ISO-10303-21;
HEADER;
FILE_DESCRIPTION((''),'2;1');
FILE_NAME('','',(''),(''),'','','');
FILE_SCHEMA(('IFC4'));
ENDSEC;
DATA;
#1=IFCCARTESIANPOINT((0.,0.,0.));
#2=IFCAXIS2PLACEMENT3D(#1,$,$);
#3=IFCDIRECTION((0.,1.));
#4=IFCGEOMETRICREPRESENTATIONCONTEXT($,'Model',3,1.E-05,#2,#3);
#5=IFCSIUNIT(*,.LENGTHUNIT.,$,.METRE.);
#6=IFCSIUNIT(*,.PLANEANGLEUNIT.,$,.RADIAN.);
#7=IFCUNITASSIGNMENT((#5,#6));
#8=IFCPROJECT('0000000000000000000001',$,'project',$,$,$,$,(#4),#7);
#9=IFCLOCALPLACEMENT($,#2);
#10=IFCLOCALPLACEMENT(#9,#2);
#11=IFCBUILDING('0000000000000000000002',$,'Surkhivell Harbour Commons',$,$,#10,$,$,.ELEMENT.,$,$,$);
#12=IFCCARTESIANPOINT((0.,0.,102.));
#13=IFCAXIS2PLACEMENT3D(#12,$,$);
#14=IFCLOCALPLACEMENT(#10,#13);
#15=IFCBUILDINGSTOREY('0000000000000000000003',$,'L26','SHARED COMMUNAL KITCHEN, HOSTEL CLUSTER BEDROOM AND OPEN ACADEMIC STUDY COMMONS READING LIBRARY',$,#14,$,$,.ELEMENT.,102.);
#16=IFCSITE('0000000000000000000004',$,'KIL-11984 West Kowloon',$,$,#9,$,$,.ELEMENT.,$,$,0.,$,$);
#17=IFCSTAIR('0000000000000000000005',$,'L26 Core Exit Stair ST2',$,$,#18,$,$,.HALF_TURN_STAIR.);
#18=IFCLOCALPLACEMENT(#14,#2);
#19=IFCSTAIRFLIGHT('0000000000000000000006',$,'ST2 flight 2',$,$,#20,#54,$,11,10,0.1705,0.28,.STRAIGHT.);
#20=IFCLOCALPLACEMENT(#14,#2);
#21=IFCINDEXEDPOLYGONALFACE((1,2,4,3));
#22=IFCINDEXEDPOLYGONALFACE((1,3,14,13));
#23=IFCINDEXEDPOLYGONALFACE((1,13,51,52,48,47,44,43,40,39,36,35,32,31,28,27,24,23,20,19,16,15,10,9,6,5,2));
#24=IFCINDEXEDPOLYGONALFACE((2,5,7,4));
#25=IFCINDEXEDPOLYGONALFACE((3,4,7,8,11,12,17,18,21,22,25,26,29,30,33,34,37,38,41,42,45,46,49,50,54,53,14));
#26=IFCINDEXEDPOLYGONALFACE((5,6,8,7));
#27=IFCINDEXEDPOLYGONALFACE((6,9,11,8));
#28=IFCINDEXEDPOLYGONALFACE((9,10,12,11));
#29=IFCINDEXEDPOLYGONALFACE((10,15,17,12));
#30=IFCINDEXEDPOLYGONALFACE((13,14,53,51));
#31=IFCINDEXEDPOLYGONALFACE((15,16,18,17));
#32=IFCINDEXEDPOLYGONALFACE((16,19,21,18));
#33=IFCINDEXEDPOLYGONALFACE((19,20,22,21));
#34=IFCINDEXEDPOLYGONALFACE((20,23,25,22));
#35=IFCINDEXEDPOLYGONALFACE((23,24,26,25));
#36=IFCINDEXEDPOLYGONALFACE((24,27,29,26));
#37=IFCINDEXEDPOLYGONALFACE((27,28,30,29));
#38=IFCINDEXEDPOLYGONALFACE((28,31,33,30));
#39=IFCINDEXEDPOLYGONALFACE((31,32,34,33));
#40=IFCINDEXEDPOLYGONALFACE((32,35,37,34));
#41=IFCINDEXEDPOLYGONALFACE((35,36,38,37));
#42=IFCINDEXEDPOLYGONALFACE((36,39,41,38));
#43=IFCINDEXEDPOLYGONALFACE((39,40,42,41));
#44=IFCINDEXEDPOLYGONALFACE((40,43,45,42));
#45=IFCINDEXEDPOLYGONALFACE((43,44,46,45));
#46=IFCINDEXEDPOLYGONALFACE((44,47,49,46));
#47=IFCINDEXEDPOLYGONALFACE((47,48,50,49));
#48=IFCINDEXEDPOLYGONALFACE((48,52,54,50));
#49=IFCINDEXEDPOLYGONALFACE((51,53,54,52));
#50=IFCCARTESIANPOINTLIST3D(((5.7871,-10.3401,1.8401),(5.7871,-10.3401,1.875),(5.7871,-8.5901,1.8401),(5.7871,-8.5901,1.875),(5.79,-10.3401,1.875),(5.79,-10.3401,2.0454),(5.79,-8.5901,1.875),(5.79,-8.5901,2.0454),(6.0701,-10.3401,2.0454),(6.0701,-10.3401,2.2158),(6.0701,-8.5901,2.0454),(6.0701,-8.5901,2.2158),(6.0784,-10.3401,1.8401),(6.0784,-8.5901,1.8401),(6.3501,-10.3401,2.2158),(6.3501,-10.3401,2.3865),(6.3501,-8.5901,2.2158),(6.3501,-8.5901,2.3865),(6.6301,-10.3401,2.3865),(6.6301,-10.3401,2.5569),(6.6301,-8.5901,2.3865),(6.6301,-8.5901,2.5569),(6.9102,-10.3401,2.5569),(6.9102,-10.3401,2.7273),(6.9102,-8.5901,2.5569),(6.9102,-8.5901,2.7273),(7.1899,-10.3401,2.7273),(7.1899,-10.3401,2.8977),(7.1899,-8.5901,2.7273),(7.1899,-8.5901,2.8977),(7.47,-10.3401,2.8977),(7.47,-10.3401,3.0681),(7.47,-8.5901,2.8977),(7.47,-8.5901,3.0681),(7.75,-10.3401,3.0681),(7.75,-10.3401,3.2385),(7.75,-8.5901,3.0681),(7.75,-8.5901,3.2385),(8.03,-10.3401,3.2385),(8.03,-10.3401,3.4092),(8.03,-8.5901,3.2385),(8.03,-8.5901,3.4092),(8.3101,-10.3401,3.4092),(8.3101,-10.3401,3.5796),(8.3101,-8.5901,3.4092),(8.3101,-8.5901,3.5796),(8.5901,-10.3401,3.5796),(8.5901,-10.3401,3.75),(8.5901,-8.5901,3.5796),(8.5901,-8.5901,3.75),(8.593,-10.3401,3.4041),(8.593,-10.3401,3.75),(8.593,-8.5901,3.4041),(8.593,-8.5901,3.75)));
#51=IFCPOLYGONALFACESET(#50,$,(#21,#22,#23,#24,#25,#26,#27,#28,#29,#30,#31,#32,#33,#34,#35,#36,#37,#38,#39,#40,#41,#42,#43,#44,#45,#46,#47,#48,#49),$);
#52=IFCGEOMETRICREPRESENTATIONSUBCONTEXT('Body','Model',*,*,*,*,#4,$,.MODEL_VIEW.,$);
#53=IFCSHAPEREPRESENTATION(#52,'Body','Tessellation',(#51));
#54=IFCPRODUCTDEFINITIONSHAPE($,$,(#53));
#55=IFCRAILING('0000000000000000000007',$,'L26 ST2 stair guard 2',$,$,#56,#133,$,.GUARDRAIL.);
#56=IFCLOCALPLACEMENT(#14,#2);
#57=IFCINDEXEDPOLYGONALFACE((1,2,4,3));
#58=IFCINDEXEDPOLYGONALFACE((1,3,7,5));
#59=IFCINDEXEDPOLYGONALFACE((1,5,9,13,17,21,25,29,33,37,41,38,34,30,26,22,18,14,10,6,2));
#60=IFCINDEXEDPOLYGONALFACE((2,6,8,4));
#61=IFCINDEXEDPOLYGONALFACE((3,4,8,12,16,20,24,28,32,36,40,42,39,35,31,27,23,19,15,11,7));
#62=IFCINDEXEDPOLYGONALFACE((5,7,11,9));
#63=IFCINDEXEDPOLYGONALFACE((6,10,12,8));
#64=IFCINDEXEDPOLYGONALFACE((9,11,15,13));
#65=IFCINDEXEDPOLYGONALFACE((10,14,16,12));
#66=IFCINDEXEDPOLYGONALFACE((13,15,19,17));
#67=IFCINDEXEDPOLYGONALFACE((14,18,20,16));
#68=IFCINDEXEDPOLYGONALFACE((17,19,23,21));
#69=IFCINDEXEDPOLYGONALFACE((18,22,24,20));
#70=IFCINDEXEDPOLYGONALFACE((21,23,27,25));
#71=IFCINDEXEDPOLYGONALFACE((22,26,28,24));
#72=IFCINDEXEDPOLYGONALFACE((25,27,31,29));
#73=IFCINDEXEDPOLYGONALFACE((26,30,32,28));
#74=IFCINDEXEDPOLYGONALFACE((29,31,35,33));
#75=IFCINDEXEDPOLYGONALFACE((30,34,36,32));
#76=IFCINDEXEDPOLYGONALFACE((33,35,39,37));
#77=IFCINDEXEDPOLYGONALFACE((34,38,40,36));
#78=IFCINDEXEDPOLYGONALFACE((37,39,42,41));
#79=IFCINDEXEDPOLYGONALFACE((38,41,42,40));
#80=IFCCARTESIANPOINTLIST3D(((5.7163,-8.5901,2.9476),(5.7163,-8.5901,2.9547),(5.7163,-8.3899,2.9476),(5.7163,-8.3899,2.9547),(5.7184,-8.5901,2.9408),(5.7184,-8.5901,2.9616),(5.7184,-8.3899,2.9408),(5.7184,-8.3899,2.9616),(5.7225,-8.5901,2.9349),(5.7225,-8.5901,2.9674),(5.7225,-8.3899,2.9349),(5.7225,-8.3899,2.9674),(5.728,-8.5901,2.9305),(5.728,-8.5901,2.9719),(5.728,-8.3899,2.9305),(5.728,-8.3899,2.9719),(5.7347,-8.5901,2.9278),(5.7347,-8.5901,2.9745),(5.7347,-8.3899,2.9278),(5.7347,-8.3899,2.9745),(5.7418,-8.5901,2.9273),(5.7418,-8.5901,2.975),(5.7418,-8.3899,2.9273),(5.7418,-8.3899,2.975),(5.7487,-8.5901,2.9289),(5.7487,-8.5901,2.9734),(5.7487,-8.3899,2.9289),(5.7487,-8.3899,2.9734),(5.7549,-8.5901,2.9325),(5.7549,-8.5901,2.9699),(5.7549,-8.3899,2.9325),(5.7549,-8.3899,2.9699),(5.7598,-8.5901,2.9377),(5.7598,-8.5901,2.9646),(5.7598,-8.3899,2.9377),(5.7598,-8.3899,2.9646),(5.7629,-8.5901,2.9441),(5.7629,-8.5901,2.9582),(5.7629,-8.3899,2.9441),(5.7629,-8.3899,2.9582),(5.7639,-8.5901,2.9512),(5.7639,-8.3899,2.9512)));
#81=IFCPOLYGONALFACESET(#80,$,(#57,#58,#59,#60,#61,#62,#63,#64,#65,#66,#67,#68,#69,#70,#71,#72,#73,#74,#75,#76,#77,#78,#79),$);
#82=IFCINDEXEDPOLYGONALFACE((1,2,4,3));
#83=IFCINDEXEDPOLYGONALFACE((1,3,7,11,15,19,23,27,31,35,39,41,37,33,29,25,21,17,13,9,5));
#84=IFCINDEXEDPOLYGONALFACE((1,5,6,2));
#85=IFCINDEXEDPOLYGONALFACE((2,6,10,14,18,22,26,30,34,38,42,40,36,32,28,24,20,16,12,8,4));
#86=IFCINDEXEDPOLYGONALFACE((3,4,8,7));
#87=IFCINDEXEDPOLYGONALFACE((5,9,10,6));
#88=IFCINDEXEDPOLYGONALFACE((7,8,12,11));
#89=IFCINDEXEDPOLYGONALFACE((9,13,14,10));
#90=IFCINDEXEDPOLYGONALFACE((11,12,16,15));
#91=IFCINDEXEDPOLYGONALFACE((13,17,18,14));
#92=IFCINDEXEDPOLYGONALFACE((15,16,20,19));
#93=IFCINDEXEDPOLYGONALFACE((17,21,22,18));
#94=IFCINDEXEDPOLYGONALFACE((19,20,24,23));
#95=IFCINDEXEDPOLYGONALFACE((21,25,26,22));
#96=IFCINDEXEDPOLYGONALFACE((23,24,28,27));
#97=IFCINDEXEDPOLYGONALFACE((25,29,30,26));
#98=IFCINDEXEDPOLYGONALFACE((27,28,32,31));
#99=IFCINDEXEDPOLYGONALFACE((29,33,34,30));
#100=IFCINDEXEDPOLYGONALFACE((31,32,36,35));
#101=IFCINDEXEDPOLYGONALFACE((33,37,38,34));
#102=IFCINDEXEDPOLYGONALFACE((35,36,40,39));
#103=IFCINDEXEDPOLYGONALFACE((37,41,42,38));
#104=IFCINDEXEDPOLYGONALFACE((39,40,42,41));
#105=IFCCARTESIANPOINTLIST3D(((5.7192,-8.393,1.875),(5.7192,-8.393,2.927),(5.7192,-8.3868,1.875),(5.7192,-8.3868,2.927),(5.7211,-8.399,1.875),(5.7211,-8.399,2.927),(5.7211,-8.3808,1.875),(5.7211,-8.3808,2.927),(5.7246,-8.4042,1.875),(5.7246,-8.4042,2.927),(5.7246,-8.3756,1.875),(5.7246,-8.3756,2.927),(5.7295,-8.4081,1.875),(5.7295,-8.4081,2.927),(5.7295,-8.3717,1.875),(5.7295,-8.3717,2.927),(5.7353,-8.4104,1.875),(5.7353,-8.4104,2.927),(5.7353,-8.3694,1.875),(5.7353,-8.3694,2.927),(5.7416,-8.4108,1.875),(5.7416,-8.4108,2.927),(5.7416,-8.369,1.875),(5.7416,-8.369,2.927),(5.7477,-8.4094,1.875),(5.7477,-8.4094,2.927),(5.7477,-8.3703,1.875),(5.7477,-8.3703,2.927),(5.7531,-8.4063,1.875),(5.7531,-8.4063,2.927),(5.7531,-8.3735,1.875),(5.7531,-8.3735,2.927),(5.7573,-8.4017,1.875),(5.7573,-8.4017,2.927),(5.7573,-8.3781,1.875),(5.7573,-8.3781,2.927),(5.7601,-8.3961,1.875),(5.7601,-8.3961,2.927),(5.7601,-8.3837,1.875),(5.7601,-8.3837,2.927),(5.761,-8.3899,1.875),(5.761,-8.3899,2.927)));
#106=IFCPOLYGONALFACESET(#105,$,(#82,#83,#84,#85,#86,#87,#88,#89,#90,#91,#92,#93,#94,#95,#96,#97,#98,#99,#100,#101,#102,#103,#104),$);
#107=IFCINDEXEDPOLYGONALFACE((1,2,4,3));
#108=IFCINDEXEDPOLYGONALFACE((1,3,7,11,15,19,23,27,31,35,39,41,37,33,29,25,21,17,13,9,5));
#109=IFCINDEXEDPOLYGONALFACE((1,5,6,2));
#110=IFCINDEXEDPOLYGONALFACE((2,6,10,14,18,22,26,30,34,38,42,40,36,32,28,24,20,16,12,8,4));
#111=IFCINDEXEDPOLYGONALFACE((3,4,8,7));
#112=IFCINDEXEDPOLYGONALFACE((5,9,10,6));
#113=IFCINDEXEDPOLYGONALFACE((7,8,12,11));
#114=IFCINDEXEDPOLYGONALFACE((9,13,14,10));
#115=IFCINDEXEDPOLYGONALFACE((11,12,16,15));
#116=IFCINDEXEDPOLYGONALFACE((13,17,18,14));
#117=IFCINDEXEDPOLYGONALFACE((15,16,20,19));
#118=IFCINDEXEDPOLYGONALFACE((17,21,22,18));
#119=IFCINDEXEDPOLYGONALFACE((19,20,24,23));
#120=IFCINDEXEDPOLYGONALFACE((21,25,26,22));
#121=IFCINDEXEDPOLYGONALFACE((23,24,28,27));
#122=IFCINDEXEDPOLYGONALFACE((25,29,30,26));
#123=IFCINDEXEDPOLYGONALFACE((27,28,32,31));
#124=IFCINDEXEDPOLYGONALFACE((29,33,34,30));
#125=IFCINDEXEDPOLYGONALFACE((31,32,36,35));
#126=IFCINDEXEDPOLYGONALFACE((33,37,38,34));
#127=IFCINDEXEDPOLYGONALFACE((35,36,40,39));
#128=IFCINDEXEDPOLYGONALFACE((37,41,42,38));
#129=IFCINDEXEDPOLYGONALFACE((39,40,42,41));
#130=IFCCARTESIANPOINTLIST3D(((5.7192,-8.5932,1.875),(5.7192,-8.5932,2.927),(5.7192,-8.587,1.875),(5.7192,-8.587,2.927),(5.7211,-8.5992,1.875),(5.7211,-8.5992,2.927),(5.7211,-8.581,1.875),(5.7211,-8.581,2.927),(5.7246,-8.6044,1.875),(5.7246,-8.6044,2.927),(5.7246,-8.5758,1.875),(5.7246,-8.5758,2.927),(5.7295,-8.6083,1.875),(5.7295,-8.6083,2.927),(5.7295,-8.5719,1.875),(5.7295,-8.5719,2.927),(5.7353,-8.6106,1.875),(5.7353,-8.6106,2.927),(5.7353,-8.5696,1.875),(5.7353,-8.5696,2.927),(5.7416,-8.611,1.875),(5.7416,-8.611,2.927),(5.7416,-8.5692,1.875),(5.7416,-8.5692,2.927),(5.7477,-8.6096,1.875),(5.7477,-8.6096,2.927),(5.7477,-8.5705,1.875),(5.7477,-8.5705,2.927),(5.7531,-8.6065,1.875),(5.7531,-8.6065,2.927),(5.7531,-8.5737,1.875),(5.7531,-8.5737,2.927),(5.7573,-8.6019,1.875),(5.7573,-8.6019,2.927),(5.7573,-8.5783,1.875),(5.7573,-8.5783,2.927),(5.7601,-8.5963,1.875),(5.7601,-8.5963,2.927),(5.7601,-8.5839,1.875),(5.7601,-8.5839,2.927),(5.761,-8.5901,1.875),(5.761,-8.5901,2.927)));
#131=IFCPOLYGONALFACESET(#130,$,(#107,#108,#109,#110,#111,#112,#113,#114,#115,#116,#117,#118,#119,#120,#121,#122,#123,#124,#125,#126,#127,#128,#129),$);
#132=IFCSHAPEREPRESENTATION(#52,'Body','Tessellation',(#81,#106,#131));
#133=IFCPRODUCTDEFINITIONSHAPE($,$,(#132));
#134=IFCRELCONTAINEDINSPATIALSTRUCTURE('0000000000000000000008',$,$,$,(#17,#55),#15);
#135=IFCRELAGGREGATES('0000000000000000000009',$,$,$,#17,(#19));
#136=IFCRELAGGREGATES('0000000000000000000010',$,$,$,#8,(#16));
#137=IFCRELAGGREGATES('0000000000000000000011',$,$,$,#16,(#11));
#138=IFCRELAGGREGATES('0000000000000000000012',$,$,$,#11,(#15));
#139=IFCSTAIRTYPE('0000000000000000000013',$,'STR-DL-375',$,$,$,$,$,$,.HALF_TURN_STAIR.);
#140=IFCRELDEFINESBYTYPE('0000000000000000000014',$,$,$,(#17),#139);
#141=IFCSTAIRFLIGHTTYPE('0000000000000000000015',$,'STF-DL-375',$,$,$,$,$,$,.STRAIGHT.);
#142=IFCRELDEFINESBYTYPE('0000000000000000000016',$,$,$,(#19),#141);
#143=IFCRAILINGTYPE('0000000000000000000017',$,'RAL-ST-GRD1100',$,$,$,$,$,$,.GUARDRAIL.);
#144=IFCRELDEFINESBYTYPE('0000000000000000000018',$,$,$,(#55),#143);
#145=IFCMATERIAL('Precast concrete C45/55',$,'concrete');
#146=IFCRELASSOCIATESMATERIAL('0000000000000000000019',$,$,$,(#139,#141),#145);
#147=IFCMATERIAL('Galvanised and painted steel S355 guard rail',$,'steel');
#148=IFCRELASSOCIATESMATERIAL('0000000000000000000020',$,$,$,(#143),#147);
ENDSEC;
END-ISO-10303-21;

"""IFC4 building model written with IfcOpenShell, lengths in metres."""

from ifc_helpers import new_model, si_unit, direction, frame, origin, origin_2d, place, context, subcontext, project, spatial, polyline, circle, outline, extrude, material, type_object, element, aggregate, save


model = new_model("IFC4")

# Units and contexts
model_context = context("Model", 3, precision=1e-05, world=origin(), true_north=direction((0.0, 1.0)))
body_context = subcontext(model_context, "Body", "Model", "MODEL_VIEW")
ifc_project = project(units=[si_unit("LENGTHUNIT", "METRE"), si_unit("PLANEANGLEUNIT", "RADIAN")], contexts=[model_context])

# Site, building, storey
site_placement = place(None, origin())
site = spatial("IfcSite", under=ifc_project, at=site_placement, Name="KIL-11984 West Kowloon", CompositionType="ELEMENT", RefElevation=0.0)
building_placement = place(site_placement, origin())
building = spatial("IfcBuilding", under=site, at=building_placement, Name="Surkhivell Harbour Commons", CompositionType="ELEMENT")
storey_placement = place(building_placement, frame((0.0, 0.0, 102.0)))
storey = spatial("IfcBuildingStorey", under=building, at=storey_placement, Name="L26", Description="SHARED COMMUNAL KITCHEN, HOSTEL CLUSTER BEDROOM AND OPEN ACADEMIC STUDY COMMONS READING LIBRARY", CompositionType="ELEMENT", Elevation=102.0)

# Stair, stair flight
ifc_material_1 = material(Name="Precast concrete C45/55", Category="concrete")
stair_type = type_object("IfcStairType", Name="STR-DL-375", PredefinedType="HALF_TURN_STAIR", material=ifc_material_1)
stair_placement = place(storey_placement, origin())
stair = element("IfcStair", 1, at=stair_placement, inside=storey, type_object=stair_type, Name="L26 Core Exit Stair ST2", PredefinedType="HALF_TURN_STAIR")
stair_flight_type = type_object("IfcStairFlightType", Name="STF-DL-375", PredefinedType="STRAIGHT", material=ifc_material_1)
stair_flight_placement = place(storey_placement, frame((5.79, -9.4651, 1.875), z_axis=(0.0, 0.0, 1.0), x_axis=(1.0, 0.0, 0.0)))
stair_flight = element("IfcStairFlight", 2, at=stair_flight_placement, type_object=stair_flight_type, Name="ST2 flight 2", NumberOfRisers=11, NumberOfTreads=10, PredefinedType="STRAIGHT", RiserHeight=0.1705, TreadLength=0.28, context=body_context, shape_type="SweptSolid", body=[
    extrude(outline(polyline([(-0.0029, -0.0349), (-0.0029, 0.0), (0.0, 0.0), (0.0, 0.1704), (0.28, 0.1704), (0.28, 0.3408), (0.5601, 0.3408), (0.5601, 0.5115), (0.8401, 0.5115), (0.8401, 0.6819), (1.1201, 0.6819), (1.1201, 0.8523), (1.3999, 0.8523), (1.3999, 1.0227), (1.6799, 1.0227), (1.6799, 1.1931), (1.96, 1.1931), (1.96, 1.3635), (2.24, 1.3635), (2.24, 1.5342), (2.52, 1.5342), (2.52, 1.7046), (2.8, 1.7046), (2.8, 1.875), (2.803, 1.875), (2.803, 1.5291), (0.2883, -0.0349), (-0.0029, -0.0349)])), frame((0.0, 0.875, 0.0), z_axis=(0.0, -1.0, 0.0), x_axis=(1.0, 0.0, 0.0)), (0.0, 0.0, 1.0), 1.75),
])
aggregate(stair, [stair_flight])

# Railing
ifc_material_2 = material(Name="Galvanised and painted steel S355 guard rail", Category="steel")
railing_type_1 = type_object("IfcRailingType", Name="RAL-ST-GRD1100", PredefinedType="GUARDRAIL", material=ifc_material_2)
railing_1_placement = place(storey_placement, frame((5.74, -8.3899, 1.875)))
element("IfcRailing", 3, at=railing_1_placement, inside=storey, type_object=railing_type_1, Name="L26 ST2 stair guard 2", PredefinedType="GUARDRAIL", context=body_context, shape_type="SweptSolid", body=[
    extrude(circle(Radius=0.0239, at=origin_2d()), frame((0.0, 0.0, 1.0762), z_axis=(0.0, -1.0, 0.0), x_axis=(1.0, 0.0, 0.0)), (0.0, 0.0, 1.0), 0.2002),
    extrude(circle(Radius=0.021, at=origin_2d()), origin(), (0.0, 0.0, 1.0), 1.052),
    extrude(circle(Radius=0.021, at=origin_2d()), frame((0.0, -0.2002, 0.0)), (0.0, 0.0, 1.0), 1.052),
])

save(model, "model.ifc")
